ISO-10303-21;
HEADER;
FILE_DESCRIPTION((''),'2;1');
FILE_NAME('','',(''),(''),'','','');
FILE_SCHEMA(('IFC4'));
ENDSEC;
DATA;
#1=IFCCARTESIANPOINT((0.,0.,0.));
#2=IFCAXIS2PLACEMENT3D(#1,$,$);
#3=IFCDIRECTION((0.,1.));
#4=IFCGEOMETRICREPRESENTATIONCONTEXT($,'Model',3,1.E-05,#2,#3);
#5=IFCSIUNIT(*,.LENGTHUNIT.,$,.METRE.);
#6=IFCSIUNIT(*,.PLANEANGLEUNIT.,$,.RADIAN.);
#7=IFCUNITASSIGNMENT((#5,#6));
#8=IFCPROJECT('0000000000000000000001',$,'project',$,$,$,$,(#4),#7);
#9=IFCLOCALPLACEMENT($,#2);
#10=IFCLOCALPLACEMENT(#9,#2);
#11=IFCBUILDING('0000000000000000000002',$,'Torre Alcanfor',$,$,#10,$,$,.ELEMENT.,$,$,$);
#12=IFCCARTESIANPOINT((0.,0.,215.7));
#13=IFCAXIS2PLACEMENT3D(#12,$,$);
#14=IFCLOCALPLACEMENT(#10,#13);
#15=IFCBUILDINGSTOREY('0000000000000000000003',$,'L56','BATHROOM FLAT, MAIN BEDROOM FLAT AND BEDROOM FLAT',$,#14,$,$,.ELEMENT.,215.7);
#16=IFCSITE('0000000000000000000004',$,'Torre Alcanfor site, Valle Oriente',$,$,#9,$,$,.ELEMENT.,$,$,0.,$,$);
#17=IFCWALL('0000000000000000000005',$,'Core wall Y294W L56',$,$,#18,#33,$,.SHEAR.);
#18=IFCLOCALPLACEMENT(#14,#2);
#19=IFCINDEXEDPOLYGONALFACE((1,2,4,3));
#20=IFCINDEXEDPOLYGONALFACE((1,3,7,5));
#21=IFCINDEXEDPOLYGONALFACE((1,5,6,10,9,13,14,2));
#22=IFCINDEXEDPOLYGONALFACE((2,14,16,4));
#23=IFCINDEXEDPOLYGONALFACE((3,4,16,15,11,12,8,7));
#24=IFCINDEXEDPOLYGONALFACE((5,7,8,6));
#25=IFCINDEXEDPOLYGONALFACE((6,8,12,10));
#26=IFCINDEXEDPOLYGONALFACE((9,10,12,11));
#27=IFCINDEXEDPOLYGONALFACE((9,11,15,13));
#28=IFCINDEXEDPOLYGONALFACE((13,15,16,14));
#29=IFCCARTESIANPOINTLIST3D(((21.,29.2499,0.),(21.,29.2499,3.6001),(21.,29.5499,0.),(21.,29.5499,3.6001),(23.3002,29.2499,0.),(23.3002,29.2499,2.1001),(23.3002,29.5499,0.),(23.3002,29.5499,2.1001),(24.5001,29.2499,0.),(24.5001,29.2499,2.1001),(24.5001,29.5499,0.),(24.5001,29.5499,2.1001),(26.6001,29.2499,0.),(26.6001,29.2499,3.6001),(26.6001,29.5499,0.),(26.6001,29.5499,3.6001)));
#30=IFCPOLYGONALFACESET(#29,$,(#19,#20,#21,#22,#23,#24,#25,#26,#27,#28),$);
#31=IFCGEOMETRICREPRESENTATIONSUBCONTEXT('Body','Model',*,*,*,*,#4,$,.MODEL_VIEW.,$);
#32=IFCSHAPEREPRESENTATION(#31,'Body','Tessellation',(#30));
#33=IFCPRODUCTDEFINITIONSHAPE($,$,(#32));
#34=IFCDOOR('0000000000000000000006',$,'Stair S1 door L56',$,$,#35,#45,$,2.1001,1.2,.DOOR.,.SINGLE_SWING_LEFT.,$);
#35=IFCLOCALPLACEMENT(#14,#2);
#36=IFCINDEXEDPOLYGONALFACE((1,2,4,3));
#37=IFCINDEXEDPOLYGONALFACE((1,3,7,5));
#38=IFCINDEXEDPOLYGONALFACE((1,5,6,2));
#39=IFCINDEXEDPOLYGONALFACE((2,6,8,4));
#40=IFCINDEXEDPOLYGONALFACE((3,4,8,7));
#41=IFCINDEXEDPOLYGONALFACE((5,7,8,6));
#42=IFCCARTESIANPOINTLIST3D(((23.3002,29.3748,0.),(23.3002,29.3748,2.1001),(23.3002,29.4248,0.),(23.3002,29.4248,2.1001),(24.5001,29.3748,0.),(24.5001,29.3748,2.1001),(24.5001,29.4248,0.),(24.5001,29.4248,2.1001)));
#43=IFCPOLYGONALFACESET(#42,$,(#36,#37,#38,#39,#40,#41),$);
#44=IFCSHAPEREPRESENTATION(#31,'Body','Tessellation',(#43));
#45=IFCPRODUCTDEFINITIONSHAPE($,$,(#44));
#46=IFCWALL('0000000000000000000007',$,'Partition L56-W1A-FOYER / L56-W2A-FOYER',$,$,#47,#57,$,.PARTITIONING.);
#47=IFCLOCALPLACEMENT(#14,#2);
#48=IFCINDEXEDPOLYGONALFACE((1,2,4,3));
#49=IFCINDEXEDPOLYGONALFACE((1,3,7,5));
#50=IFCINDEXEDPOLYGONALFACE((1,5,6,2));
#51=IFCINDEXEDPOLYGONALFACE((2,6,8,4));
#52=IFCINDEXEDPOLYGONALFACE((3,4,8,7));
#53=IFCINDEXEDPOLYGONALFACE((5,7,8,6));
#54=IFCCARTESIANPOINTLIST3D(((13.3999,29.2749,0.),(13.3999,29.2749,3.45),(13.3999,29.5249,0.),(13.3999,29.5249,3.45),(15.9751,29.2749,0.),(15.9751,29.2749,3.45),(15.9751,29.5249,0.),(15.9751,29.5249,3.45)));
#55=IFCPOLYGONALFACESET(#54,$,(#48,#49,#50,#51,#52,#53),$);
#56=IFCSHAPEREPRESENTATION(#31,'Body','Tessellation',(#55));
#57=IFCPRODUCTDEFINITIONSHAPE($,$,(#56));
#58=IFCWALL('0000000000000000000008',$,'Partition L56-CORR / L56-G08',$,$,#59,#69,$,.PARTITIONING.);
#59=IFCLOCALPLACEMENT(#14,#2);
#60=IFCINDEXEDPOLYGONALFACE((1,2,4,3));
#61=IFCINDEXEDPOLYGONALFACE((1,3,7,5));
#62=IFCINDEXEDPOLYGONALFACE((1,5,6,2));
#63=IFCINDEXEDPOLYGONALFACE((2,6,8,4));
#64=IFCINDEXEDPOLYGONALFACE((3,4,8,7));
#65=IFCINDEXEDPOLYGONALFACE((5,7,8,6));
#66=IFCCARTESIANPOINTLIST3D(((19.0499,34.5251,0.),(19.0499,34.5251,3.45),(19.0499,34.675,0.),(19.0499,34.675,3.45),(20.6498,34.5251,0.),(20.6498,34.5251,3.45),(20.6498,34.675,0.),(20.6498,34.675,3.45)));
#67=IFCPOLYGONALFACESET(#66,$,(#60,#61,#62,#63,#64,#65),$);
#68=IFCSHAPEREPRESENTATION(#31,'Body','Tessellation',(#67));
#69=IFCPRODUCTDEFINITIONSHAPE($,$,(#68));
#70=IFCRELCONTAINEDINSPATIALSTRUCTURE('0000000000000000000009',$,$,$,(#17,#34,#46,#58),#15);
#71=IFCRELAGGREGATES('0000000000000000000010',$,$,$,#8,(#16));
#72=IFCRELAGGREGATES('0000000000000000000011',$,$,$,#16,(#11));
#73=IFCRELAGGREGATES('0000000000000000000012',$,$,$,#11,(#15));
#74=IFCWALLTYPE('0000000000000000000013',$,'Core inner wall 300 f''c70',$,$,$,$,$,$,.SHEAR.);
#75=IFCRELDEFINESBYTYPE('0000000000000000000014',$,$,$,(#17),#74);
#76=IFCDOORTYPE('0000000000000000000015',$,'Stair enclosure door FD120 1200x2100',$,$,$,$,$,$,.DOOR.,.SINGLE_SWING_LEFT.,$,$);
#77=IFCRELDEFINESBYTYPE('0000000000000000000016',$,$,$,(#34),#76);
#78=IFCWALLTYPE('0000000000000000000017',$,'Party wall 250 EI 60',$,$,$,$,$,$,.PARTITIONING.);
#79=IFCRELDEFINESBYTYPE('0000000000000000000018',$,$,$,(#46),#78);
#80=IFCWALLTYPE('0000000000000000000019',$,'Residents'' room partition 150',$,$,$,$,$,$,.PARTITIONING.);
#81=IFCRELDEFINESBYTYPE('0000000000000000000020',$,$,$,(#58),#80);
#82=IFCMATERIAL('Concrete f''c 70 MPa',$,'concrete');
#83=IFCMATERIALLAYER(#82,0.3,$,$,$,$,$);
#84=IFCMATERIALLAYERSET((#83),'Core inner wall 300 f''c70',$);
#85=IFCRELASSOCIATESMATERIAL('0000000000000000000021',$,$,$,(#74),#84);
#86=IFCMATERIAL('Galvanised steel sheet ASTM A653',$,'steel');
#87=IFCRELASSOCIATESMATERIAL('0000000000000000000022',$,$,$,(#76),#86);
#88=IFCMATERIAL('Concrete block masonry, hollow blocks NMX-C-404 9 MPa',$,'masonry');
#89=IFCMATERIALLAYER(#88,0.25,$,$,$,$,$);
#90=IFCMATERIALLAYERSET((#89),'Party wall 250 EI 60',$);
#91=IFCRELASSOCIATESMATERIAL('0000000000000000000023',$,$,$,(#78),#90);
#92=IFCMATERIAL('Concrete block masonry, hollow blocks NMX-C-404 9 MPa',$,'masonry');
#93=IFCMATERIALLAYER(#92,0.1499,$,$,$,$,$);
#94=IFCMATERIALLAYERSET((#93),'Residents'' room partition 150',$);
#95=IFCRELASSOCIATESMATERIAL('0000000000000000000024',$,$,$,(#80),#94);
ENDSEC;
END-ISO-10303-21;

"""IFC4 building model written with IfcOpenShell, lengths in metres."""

from ifc_helpers import new_model, si_unit, direction, frame, frame_2d, origin, place, context, subcontext, project, spatial, rectangle, extrude, material, layer, layer_set, type_object, element, fill, save


model = new_model("IFC4")

# Units and contexts
model_context = context("Model", 3, precision=1e-05, world=origin(), true_north=direction((0.0, 1.0)))
body_context = subcontext(model_context, "Body", "Model", "MODEL_VIEW")
ifc_project = project(units=[si_unit("LENGTHUNIT", "METRE"), si_unit("PLANEANGLEUNIT", "RADIAN")], contexts=[model_context])

# Site, building, storey
site_placement = place(None, origin())
site = spatial("IfcSite", under=ifc_project, at=site_placement, Name="Torre Alcanfor site, Valle Oriente", CompositionType="ELEMENT", RefElevation=0.0)
building_placement = place(site_placement, origin())
building = spatial("IfcBuilding", under=site, at=building_placement, Name="Torre Alcanfor", CompositionType="ELEMENT")
storey_placement = place(building_placement, frame((0.0, 0.0, 215.7)))
storey = spatial("IfcBuildingStorey", under=building, at=storey_placement, Name="L56", Description="BATHROOM FLAT, MAIN BEDROOM FLAT AND BEDROOM FLAT", CompositionType="ELEMENT", Elevation=215.7)

# Wall, opening, door
ifc_material_1 = material(Name="Concrete f'c 70 MPa", Category="concrete")
ifc_layer_1 = layer(ifc_material_1, 0.3)
ifc_layer_set_1 = layer_set([ifc_layer_1], Name="Core inner wall 300 f'c70")
wall_type_1 = type_object("IfcWallType", Name="Core inner wall 300 f'c70", PredefinedType="SHEAR", material=ifc_layer_set_1)
wall_1_placement = place(storey_placement, frame((21.0, 29.3999, 0.0), z_axis=(0.0, 0.0, 1.0), x_axis=(1.0, 0.0, 0.0)))
wall_1 = element("IfcWall", 1, at=wall_1_placement, inside=storey, type_object=wall_type_1, Name="Core wall Y294W L56", PredefinedType="SHEAR", context=body_context, shape_type="SweptSolid", body=[
    extrude(rectangle(XDim=5.6001, YDim=0.3, at=frame_2d((2.8, 0.0))), origin(), (0.0, 0.0, 1.0), 3.6001),
])
opening_1_placement = place(wall_1_placement, frame((2.3, 0.0, 0.0)))
opening_1 = element("IfcOpeningElement", 2, at=opening_1_placement, cuts=wall_1, PredefinedType="OPENING", context=body_context, shape_type="SweptSolid", body=[
    extrude(rectangle(XDim=1.2, YDim=2.1001, at=frame_2d((0.6001, 1.05))), frame((0.0, 0.1599, 0.0), z_axis=(0.0, -1.0, 0.0), x_axis=(1.0, 0.0, 0.0)), (0.0, 0.0, 1.0), 0.3201),
])
ifc_material_2 = material(Name="Galvanised steel sheet ASTM A653", Category="steel")
door_type_1 = type_object("IfcDoorType", Name="Stair enclosure door FD120 1200x2100", OperationType="SINGLE_SWING_LEFT", PredefinedType="DOOR", material=ifc_material_2)
door_1_placement = place(opening_1_placement, frame((1.2, 0.0, 0.0), z_axis=(0.0, 0.0, 1.0), x_axis=(-1.0, 0.0, 0.0)))
door_1 = element("IfcDoor", 3, at=door_1_placement, inside=storey, type_object=door_type_1, Name="Stair S1 door L56", OperationType="SINGLE_SWING_LEFT", OverallHeight=2.1001, OverallWidth=1.2, PredefinedType="DOOR", context=body_context, shape_type="SweptSolid", body=[
    extrude(rectangle(XDim=1.2, YDim=2.1001, at=frame_2d((0.5999, 1.05))), frame((0.0, 0.0251, 0.0), z_axis=(0.0, -1.0, 0.0), x_axis=(1.0, 0.0, 0.0)), (0.0, 0.0, 1.0), 0.05),
])
fill(opening_1, door_1)

# Walls
ifc_material_3 = material(Name="Concrete block masonry, hollow blocks NMX-C-404 9 MPa", Category="masonry")
ifc_layer_2 = layer(ifc_material_3, 0.25)
ifc_layer_set_2 = layer_set([ifc_layer_2], Name="Party wall 250 EI 60")
wall_type_2 = type_object("IfcWallType", Name="Party wall 250 EI 60", PredefinedType="PARTITIONING", material=ifc_layer_set_2)
wall_2_placement = place(storey_placement, frame((15.9751, 29.3999, 0.0), z_axis=(0.0, 0.0, 1.0), x_axis=(-1.0, 0.0, 0.0)))
element("IfcWall", 4, at=wall_2_placement, inside=storey, type_object=wall_type_2, Name="Partition L56-W1A-FOYER / L56-W2A-FOYER", PredefinedType="PARTITIONING", context=body_context, shape_type="SweptSolid", body=[
    extrude(rectangle(XDim=2.5752, YDim=0.25, at=frame_2d((1.2876, 0.0))), origin(), (0.0, 0.0, 1.0), 3.45),
])
ifc_material_4 = material(Name="Concrete block masonry, hollow blocks NMX-C-404 9 MPa", Category="masonry")
ifc_layer_3 = layer(ifc_material_4, 0.1499)
ifc_layer_set_3 = layer_set([ifc_layer_3], Name="Residents' room partition 150")
wall_type_3 = type_object("IfcWallType", Name="Residents' room partition 150", PredefinedType="PARTITIONING", material=ifc_layer_set_3)
wall_3_placement = place(storey_placement, frame((19.05, 34.6001, 0.0), z_axis=(0.0, 0.0, 1.0), x_axis=(1.0, 0.0, 0.0)))
element("IfcWall", 5, at=wall_3_placement, inside=storey, type_object=wall_type_3, Name="Partition L56-CORR / L56-G08", PredefinedType="PARTITIONING", context=body_context, shape_type="SweptSolid", body=[
    extrude(rectangle(XDim=1.5999, YDim=0.1499, at=frame_2d((0.7998, 0.0))), origin(), (0.0, 0.0, 1.0), 3.45),
])

save(model, "model.ifc")
